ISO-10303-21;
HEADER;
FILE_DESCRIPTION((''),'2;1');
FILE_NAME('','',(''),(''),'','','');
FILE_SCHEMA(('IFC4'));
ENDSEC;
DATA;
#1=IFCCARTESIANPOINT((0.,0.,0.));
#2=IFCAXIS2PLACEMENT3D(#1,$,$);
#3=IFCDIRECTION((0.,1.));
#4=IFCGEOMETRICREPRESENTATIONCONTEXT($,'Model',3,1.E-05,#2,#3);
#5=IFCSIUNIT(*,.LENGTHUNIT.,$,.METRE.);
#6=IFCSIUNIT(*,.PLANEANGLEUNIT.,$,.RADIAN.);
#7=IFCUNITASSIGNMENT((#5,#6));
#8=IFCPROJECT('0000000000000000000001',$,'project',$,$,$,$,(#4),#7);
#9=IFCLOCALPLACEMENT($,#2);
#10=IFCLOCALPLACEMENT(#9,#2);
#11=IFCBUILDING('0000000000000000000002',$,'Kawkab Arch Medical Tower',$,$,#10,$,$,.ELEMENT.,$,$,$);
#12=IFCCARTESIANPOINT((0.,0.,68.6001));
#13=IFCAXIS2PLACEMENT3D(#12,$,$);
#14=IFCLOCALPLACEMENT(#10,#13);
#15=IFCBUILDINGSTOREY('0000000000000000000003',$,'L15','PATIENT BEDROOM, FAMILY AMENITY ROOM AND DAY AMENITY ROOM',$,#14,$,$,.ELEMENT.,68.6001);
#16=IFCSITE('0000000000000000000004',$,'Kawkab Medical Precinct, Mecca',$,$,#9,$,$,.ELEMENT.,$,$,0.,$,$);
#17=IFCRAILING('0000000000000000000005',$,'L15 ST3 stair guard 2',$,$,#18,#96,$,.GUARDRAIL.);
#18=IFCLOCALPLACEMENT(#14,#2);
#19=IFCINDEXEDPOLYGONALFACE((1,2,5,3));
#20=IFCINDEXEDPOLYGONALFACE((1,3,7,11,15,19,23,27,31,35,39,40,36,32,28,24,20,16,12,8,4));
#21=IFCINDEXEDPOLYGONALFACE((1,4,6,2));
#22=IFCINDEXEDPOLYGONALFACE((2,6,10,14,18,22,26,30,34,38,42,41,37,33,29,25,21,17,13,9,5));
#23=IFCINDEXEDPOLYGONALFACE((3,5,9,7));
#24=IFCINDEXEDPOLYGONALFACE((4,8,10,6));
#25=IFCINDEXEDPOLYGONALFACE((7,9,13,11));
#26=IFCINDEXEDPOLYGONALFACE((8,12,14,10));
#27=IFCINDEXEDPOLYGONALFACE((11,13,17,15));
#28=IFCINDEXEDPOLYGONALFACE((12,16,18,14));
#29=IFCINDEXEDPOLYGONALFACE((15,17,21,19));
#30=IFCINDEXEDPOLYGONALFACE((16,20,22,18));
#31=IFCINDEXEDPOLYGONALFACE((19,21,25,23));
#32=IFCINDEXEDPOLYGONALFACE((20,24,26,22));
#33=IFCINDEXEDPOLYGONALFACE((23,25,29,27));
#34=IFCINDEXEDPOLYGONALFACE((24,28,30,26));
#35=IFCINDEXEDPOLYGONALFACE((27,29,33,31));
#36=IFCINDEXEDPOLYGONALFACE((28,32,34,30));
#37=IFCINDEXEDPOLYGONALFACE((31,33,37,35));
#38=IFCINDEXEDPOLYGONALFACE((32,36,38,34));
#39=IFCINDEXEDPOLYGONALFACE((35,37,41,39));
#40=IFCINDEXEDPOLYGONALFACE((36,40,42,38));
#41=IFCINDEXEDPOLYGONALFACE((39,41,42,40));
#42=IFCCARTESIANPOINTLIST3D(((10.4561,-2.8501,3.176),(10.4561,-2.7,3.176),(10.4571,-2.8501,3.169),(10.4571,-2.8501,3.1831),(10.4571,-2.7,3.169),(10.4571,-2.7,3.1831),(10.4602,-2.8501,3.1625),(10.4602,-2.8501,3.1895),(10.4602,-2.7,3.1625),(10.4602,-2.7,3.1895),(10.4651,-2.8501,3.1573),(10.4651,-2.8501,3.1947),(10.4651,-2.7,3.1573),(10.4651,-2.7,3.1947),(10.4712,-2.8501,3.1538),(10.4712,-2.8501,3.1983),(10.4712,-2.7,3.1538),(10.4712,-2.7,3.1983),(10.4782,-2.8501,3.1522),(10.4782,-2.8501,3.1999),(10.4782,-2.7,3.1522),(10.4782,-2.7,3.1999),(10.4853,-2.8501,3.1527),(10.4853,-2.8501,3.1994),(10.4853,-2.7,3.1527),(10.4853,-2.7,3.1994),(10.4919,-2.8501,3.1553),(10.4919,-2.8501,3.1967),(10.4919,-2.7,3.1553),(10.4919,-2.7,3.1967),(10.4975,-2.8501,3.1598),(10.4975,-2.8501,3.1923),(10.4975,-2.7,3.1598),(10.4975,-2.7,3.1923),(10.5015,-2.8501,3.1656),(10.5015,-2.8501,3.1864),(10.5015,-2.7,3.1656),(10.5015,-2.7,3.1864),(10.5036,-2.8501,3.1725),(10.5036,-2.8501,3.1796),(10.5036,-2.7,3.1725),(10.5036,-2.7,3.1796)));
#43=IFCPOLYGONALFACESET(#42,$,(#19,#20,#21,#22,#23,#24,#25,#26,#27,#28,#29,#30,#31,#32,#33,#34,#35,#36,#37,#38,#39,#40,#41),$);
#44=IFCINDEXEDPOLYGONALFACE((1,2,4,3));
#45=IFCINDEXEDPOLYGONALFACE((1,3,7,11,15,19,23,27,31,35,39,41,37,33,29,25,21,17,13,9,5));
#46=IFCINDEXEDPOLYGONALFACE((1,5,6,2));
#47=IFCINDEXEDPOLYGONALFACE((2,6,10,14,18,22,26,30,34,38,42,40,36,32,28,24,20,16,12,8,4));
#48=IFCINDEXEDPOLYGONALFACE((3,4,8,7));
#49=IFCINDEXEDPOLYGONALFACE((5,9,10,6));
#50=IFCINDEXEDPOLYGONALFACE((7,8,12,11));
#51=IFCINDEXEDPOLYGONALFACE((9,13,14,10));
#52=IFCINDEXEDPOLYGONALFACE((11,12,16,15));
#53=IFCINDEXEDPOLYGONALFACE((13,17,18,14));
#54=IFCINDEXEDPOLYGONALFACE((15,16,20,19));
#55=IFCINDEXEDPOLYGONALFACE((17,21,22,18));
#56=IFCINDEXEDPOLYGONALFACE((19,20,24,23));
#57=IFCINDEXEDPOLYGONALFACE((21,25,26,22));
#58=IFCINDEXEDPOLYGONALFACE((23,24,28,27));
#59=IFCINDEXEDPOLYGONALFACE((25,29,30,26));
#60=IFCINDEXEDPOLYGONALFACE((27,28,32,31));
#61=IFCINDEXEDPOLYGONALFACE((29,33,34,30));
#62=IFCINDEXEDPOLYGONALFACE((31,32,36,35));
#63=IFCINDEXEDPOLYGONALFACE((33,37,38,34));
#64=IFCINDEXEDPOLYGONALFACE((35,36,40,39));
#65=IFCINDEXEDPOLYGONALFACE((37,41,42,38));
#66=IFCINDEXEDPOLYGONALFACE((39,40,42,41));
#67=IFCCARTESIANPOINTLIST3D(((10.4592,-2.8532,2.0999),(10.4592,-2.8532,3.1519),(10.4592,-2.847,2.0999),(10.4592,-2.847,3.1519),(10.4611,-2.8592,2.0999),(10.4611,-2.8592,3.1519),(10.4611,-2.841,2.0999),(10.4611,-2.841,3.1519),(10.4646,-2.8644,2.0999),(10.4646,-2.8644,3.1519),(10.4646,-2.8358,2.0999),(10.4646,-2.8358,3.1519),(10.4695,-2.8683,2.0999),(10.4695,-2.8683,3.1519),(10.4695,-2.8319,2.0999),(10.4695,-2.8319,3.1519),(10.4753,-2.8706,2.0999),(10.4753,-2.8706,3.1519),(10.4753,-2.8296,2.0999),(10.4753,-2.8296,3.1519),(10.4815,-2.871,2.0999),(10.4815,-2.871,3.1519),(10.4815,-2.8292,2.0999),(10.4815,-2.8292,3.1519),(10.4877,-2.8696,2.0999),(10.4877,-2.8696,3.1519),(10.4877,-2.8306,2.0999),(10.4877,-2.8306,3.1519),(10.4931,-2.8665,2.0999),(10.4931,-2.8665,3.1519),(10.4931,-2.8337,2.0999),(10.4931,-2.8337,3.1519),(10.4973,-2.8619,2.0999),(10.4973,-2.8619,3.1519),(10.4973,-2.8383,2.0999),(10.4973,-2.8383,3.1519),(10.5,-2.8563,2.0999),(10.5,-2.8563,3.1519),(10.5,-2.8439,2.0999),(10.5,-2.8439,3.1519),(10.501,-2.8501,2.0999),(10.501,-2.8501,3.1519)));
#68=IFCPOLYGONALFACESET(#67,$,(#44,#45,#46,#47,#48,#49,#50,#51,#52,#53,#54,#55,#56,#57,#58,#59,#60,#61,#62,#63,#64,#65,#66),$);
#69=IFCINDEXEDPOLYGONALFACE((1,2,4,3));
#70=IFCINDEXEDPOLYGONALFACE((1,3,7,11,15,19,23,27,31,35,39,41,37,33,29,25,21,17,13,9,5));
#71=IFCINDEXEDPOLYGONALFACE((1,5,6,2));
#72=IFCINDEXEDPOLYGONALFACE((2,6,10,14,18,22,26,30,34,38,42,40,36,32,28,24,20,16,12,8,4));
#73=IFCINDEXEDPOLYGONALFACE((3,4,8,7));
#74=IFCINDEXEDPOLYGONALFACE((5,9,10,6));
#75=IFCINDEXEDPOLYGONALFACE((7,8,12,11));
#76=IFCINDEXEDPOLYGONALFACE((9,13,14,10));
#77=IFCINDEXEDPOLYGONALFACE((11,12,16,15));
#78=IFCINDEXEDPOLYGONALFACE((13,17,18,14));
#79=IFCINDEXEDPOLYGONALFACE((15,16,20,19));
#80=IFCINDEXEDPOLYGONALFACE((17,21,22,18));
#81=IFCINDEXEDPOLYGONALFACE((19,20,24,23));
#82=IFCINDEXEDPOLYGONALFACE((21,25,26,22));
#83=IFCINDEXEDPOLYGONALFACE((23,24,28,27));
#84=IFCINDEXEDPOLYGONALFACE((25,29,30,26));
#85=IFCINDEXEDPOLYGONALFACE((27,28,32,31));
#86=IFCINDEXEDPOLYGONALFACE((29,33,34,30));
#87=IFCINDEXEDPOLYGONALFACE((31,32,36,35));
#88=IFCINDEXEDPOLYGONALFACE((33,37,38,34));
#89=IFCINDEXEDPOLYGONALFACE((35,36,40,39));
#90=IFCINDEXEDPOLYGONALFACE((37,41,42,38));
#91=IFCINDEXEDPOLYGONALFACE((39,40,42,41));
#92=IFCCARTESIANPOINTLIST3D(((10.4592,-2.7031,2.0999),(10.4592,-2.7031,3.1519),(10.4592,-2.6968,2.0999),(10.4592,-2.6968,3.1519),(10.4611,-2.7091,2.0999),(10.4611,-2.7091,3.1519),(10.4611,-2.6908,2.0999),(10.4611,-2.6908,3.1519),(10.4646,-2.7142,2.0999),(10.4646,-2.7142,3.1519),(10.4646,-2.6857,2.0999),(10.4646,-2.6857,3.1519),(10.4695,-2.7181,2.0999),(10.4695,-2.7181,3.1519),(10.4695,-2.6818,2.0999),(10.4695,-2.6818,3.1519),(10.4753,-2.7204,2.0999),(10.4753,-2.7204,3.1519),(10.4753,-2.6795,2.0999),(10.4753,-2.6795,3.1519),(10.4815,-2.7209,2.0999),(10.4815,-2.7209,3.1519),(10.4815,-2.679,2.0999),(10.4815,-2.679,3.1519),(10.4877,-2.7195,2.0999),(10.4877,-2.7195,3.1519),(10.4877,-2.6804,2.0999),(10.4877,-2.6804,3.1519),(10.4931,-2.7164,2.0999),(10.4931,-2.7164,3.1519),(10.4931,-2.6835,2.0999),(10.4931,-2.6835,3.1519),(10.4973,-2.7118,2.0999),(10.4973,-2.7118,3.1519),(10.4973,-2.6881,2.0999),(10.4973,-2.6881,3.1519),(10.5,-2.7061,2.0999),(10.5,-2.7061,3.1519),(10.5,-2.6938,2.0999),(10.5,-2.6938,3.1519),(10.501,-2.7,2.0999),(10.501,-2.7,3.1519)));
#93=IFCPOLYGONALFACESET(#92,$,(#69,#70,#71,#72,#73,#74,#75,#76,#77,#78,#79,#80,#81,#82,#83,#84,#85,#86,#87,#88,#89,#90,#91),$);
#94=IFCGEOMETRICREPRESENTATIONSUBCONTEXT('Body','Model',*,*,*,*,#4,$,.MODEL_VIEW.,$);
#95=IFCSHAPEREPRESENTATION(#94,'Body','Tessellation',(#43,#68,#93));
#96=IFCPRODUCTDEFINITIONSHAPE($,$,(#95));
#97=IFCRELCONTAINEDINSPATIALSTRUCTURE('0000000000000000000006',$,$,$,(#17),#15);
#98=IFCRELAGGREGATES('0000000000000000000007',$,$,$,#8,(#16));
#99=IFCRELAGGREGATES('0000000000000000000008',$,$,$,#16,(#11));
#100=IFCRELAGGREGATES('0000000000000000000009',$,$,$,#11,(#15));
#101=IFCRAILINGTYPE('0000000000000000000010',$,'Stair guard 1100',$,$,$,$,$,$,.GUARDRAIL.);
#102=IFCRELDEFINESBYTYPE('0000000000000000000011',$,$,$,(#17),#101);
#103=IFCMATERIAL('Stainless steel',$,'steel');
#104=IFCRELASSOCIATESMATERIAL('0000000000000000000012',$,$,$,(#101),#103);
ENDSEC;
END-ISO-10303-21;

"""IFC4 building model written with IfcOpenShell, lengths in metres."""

from ifc_helpers import new_model, si_unit, direction, frame, origin, origin_2d, place, context, subcontext, project, spatial, circle, extrude, material, type_object, element, save


model = new_model("IFC4")

# Units and contexts
model_context = context("Model", 3, precision=1e-05, world=origin(), true_north=direction((0.0, 1.0)))
body_context = subcontext(model_context, "Body", "Model", "MODEL_VIEW")
ifc_project = project(units=[si_unit("LENGTHUNIT", "METRE"), si_unit("PLANEANGLEUNIT", "RADIAN")], contexts=[model_context])

# Site, building, storey
site_placement = place(None, origin())
site = spatial("IfcSite", under=ifc_project, at=site_placement, Name="Kawkab Medical Precinct, Mecca", CompositionType="ELEMENT", RefElevation=0.0)
building_placement = place(site_placement, origin())
building = spatial("IfcBuilding", under=site, at=building_placement, Name="Kawkab Arch Medical Tower", CompositionType="ELEMENT")
storey_placement = place(building_placement, frame((0.0, 0.0, 68.6001)))
storey = spatial("IfcBuildingStorey", under=building, at=storey_placement, Name="L15", Description="PATIENT BEDROOM, FAMILY AMENITY ROOM AND DAY AMENITY ROOM", CompositionType="ELEMENT", Elevation=68.6001)

# Railing
ifc_material_1 = material(Name="Stainless steel", Category="steel")
railing_type_1 = type_object("IfcRailingType", Name="Stair guard 1100", PredefinedType="GUARDRAIL", material=ifc_material_1)
railing_1_placement = place(storey_placement, frame((10.48, -2.8501, 2.0999)))
element("IfcRailing", 1, at=railing_1_placement, inside=storey, type_object=railing_type_1, Name="L15 ST3 stair guard 2", PredefinedType="GUARDRAIL", context=body_context, shape_type="SweptSolid", body=[
    extrude(circle(Radius=0.0239, at=origin_2d()), frame((0.0, 0.0, 1.0762), z_axis=(0.0, 1.0, 0.0), x_axis=(-1.0, 0.0, 0.0)), (0.0, 0.0, 1.0), 0.1501),
    extrude(circle(Radius=0.021, at=origin_2d()), origin(), (0.0, 0.0, 1.0), 1.052),
    extrude(circle(Radius=0.021, at=origin_2d()), frame((0.0, 0.1501, 0.0)), (0.0, 0.0, 1.0), 1.052),
])

save(model, "model.ifc")
